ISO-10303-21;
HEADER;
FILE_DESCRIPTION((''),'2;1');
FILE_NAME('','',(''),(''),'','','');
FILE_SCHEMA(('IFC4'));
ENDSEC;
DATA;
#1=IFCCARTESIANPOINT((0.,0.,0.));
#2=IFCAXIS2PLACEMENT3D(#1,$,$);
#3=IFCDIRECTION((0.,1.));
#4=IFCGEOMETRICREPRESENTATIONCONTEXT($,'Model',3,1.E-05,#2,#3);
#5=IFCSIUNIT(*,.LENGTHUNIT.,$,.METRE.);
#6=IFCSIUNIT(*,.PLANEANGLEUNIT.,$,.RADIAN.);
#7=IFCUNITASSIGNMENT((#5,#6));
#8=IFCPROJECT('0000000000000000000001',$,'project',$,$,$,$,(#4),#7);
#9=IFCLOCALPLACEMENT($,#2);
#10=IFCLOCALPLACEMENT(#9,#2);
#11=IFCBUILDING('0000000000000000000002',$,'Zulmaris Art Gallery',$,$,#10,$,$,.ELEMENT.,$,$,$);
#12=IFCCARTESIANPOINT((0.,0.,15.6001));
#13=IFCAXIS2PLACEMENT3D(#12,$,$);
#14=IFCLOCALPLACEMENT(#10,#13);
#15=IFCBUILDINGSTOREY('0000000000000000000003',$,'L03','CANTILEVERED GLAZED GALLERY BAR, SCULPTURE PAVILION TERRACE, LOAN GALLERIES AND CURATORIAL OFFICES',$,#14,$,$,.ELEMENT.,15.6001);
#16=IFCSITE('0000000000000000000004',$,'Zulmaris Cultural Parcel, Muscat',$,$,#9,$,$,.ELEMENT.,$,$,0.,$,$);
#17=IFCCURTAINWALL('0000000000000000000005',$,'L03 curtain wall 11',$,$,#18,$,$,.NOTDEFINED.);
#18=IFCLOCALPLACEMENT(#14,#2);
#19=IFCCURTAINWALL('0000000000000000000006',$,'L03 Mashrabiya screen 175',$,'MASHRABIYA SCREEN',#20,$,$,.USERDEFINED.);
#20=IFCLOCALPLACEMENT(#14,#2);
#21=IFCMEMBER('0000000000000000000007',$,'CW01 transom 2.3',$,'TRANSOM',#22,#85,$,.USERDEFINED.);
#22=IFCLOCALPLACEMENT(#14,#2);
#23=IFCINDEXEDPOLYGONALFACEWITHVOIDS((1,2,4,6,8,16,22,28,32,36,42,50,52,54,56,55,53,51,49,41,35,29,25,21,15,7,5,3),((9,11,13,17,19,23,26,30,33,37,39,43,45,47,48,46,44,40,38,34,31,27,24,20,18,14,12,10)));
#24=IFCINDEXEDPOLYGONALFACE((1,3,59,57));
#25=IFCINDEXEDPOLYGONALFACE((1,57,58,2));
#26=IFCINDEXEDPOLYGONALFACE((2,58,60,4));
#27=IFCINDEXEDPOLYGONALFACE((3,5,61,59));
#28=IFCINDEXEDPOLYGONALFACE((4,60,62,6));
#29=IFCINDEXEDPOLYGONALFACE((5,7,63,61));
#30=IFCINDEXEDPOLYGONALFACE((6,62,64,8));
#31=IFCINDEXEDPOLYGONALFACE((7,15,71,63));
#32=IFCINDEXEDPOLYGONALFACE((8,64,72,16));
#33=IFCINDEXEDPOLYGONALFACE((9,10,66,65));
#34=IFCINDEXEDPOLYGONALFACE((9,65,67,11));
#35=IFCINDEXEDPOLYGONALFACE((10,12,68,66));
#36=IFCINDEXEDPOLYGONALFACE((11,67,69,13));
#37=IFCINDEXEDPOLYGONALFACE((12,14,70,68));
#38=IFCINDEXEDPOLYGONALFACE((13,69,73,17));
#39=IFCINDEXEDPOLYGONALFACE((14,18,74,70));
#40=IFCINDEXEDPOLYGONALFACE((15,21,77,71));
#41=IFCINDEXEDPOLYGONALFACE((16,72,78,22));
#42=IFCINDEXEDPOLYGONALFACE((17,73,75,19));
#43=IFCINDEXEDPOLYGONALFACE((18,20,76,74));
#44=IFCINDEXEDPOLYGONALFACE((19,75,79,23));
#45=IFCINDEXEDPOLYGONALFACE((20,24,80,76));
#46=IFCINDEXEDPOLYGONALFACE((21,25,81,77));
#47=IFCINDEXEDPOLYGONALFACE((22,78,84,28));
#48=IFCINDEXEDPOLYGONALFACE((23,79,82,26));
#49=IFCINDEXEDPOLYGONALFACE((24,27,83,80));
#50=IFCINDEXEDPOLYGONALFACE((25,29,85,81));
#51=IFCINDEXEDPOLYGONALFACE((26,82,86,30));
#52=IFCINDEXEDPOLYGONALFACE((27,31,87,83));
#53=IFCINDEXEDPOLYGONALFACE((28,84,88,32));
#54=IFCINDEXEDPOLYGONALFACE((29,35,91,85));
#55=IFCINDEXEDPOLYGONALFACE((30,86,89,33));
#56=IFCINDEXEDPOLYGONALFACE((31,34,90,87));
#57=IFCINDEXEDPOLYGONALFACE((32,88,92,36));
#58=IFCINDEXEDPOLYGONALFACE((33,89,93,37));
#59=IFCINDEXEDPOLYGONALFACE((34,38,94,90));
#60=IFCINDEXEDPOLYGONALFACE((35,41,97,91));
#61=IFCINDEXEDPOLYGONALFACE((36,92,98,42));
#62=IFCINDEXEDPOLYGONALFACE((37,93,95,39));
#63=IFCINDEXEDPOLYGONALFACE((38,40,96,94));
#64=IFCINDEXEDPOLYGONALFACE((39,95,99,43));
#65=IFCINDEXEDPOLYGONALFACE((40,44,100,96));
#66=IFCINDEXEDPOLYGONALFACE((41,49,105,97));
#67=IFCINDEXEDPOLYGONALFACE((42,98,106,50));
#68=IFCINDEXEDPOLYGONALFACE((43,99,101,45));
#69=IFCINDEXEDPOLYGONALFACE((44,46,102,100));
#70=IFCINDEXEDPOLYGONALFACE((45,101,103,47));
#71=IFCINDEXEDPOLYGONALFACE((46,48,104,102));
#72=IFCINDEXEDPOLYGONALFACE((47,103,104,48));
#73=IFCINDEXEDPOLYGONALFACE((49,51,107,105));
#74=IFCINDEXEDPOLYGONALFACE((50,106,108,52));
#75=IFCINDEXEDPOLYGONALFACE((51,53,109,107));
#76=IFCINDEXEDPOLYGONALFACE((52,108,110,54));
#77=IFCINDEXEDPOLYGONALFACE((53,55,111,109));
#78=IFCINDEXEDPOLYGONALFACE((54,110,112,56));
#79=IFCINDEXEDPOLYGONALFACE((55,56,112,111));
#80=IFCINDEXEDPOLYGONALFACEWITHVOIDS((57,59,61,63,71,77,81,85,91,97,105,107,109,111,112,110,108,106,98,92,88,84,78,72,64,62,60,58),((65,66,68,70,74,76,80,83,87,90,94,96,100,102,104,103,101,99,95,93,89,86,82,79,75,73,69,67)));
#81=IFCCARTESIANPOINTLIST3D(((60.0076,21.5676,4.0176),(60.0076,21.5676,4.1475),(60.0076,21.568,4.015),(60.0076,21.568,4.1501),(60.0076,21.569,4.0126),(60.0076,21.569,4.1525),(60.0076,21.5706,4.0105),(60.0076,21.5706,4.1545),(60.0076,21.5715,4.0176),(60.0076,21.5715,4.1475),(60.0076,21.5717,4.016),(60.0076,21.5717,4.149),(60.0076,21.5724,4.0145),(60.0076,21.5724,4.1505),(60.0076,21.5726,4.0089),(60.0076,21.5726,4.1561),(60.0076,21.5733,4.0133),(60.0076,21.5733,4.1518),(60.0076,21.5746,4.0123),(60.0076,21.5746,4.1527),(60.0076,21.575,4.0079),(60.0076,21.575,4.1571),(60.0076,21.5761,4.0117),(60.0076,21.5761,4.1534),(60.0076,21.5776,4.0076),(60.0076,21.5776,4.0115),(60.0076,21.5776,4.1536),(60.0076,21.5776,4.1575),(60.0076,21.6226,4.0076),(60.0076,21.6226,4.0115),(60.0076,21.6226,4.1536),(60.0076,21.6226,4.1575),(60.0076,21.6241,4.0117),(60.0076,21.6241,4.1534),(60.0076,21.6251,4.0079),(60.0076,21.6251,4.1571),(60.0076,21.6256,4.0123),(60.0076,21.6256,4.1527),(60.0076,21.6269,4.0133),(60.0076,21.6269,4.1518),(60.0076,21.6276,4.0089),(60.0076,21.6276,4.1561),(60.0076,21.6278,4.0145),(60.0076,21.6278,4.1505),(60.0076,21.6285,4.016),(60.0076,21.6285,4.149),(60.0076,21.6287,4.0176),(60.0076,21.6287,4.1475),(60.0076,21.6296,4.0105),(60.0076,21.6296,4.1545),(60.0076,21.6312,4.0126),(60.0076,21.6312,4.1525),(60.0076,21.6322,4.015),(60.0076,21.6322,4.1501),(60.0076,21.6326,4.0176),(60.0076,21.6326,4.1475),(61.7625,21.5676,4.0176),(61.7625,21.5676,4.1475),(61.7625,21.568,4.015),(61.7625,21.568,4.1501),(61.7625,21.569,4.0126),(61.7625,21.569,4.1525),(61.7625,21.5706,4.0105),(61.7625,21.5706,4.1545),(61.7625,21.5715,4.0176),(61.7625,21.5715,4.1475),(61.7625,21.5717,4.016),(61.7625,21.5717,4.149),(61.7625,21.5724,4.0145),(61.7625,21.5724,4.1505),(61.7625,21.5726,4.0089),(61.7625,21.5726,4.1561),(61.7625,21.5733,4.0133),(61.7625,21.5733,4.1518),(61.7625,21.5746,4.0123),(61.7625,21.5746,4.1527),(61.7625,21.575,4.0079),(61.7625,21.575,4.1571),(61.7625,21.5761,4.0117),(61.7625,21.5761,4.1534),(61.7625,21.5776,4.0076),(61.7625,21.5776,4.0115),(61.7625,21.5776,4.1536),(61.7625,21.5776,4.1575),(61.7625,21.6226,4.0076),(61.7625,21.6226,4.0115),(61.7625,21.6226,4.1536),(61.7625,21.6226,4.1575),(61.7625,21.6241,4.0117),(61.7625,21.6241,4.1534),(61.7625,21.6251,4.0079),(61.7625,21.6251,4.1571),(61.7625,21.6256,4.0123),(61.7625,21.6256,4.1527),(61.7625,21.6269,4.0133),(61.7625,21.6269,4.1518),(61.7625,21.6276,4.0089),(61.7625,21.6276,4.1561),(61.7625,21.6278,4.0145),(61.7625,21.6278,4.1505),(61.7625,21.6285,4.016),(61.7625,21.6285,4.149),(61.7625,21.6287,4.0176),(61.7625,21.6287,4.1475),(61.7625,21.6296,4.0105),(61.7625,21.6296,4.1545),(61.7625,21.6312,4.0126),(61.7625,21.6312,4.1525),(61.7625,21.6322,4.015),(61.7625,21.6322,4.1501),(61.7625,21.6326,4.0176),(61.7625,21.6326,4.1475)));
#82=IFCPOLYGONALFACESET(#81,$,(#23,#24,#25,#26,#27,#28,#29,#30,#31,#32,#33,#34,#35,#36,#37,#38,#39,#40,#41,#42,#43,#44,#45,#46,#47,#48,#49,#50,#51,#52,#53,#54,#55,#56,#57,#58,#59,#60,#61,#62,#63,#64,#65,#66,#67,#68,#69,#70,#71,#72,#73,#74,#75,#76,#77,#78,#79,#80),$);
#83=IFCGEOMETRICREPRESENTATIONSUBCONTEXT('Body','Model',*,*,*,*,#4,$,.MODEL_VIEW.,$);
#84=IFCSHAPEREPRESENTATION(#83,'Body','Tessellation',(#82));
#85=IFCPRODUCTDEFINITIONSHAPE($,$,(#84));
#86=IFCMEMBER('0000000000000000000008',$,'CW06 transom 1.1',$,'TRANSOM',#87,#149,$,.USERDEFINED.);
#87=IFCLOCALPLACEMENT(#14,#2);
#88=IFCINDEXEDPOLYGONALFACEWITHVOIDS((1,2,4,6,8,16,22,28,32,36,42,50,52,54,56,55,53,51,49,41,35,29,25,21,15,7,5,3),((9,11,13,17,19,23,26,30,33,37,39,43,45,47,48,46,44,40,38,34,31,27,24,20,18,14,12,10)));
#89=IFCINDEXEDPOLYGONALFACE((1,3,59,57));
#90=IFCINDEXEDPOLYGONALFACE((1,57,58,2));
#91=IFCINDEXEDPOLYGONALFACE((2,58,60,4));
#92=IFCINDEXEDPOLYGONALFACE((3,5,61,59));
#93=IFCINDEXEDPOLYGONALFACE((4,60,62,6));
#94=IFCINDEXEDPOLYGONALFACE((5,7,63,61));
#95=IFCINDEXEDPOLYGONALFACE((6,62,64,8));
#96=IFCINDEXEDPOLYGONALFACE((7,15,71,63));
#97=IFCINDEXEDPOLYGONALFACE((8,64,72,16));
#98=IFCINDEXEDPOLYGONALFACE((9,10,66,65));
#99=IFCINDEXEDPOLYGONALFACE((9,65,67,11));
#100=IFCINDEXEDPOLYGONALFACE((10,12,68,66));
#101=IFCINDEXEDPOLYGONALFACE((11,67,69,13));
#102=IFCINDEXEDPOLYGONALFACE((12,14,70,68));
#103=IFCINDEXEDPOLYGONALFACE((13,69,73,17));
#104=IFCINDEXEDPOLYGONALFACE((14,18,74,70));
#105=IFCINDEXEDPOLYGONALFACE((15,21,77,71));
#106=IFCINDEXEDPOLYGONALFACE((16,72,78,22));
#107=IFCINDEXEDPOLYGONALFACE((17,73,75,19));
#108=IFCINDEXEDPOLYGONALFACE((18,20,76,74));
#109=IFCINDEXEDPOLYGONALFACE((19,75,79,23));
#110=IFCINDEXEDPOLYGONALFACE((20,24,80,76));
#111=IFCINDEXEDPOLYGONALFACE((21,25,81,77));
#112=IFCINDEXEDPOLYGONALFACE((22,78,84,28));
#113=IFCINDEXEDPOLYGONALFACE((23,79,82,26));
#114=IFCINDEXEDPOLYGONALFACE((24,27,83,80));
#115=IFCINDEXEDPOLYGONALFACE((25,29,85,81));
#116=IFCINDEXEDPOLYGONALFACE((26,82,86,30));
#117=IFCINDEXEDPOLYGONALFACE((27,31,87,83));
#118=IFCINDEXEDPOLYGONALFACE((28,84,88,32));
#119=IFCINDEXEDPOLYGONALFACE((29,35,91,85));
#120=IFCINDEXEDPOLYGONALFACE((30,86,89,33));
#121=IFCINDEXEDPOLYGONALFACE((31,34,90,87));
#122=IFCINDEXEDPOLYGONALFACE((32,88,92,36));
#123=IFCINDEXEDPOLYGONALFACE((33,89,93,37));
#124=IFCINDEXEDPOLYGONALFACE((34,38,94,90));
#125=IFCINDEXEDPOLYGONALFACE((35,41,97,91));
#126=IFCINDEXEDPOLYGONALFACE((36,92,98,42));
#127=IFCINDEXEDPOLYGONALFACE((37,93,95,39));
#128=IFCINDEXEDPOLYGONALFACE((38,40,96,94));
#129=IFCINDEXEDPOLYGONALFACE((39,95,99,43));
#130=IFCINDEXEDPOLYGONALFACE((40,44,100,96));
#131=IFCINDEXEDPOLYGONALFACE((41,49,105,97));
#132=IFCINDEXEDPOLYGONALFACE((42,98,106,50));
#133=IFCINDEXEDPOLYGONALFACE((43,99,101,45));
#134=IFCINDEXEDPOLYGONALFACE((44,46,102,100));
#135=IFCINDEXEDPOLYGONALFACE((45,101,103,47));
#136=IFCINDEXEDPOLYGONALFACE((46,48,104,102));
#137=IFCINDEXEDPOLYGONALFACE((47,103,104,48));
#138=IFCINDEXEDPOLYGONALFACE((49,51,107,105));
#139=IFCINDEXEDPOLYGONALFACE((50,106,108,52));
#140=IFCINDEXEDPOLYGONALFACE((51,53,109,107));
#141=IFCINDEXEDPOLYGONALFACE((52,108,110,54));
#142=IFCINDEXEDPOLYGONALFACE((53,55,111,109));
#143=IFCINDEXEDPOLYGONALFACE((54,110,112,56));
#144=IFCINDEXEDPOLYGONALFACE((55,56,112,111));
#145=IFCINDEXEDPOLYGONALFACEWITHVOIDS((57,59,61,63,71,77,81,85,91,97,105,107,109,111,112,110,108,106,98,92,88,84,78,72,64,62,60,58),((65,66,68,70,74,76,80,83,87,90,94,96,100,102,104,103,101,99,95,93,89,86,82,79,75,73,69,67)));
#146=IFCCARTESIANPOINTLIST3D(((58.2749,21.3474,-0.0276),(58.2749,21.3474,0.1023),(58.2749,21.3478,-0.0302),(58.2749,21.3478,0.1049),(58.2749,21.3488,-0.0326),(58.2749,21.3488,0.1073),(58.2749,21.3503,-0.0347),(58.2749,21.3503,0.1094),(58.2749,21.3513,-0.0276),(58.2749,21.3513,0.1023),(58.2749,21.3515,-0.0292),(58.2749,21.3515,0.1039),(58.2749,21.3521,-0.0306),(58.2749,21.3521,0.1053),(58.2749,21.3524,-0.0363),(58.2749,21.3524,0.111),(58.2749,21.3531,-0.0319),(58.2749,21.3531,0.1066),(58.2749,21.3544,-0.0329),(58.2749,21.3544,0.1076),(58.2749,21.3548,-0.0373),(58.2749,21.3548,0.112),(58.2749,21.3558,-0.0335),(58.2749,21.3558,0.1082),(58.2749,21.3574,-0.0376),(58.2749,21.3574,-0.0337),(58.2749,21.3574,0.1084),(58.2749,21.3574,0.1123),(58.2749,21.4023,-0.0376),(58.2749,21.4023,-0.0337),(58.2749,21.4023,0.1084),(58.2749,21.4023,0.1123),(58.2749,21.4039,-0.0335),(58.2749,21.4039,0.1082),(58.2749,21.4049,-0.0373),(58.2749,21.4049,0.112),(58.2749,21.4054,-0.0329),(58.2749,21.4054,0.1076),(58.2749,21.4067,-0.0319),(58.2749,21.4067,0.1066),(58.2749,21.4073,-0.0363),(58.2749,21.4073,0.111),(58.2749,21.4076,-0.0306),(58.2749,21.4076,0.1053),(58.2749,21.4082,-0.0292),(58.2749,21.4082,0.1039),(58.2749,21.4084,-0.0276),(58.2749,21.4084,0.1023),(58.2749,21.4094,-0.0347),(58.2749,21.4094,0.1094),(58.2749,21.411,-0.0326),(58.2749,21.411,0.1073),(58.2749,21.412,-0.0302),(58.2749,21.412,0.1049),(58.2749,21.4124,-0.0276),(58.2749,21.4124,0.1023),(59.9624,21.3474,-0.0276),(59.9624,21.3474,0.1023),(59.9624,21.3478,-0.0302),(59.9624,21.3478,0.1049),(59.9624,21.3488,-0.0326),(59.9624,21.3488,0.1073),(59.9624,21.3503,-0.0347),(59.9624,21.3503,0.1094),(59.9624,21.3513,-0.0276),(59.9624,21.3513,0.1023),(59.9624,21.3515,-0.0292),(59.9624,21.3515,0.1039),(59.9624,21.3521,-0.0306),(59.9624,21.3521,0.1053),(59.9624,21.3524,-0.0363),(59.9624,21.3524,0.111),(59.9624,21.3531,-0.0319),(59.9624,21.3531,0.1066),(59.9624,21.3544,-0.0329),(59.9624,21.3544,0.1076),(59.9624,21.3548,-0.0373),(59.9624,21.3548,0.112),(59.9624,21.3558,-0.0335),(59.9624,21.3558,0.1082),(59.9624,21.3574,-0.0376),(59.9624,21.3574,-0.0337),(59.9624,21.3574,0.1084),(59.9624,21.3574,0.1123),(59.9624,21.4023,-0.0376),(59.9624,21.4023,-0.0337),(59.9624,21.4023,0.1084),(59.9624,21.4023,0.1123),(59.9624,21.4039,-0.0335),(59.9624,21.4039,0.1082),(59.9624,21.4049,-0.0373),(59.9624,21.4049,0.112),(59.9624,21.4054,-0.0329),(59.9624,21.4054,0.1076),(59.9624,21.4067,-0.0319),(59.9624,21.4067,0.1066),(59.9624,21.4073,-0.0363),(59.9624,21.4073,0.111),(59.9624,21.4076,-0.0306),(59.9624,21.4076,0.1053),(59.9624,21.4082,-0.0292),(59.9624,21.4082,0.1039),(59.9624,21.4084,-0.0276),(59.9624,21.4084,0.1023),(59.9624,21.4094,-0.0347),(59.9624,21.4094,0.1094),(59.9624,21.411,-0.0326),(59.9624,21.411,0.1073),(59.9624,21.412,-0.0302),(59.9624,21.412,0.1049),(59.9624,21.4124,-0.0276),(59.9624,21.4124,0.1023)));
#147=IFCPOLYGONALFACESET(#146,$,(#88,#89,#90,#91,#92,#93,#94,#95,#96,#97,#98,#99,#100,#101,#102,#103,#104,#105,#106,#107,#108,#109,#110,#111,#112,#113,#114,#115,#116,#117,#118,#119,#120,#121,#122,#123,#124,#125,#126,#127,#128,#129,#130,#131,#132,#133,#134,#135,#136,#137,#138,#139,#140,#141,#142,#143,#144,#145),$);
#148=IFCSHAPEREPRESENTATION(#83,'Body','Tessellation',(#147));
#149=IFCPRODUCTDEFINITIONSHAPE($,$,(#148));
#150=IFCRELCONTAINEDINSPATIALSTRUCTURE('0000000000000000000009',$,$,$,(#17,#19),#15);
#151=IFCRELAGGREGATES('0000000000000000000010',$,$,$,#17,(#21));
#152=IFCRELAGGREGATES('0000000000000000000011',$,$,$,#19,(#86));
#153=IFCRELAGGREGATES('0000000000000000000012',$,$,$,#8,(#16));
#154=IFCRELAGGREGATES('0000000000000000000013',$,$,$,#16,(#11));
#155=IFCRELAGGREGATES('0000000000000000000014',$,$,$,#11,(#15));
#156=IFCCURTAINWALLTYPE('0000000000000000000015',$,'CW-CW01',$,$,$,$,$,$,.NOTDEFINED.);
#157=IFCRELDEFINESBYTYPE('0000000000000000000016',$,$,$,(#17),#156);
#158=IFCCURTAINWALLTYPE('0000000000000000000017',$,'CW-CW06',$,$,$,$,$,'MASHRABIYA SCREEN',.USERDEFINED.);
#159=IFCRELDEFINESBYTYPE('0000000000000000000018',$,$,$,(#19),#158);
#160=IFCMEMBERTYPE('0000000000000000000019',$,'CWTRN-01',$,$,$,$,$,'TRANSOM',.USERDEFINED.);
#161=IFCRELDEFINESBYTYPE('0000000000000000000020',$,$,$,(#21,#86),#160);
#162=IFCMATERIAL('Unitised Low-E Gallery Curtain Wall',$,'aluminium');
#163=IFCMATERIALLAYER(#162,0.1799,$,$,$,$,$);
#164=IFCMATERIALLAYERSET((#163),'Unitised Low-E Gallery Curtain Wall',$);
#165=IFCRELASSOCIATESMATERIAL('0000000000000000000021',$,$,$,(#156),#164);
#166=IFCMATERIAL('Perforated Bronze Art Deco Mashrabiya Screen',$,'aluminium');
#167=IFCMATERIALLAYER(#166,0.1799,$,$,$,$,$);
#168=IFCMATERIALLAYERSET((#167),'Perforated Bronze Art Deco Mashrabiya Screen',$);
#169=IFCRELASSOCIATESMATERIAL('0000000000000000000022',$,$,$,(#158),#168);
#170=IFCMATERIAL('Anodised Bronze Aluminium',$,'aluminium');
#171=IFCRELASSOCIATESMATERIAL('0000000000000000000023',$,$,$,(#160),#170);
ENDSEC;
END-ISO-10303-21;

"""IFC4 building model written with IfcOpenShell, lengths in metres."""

from ifc_helpers import new_model, si_unit, direction, frame, origin, origin_2d, place, context, subcontext, project, spatial, hollow_rectangle, extrude, material, layer, layer_set, material_profile, profile_set, type_object, element, aggregate, save


model = new_model("IFC4")

# Units and contexts
model_context = context("Model", 3, precision=1e-05, world=origin(), true_north=direction((0.0, 1.0)))
body_context = subcontext(model_context, "Body", "Model", "MODEL_VIEW")
ifc_project = project(units=[si_unit("LENGTHUNIT", "METRE"), si_unit("PLANEANGLEUNIT", "RADIAN")], contexts=[model_context])

# Site, building, storey
site_placement = place(None, origin())
site = spatial("IfcSite", under=ifc_project, at=site_placement, Name="Zulmaris Cultural Parcel, Muscat", CompositionType="ELEMENT", RefElevation=0.0)
building_placement = place(site_placement, origin())
building = spatial("IfcBuilding", under=site, at=building_placement, Name="Zulmaris Art Gallery", CompositionType="ELEMENT")
storey_placement = place(building_placement, frame((0.0, 0.0, 15.6001)))
storey = spatial("IfcBuildingStorey", under=building, at=storey_placement, Name="L03", Description="CANTILEVERED GLAZED GALLERY BAR, SCULPTURE PAVILION TERRACE, LOAN GALLERIES AND CURATORIAL OFFICES", CompositionType="ELEMENT", Elevation=15.6001)

# Curtain wall
ifc_material_1 = material(Name="Unitised Low-E Gallery Curtain Wall", Category="aluminium")
ifc_layer_1 = layer(ifc_material_1, 0.1799)
ifc_layer_set_1 = layer_set([ifc_layer_1], Name="Unitised Low-E Gallery Curtain Wall")
curtain_wall_type_1 = type_object("IfcCurtainWallType", Name="CW-CW01", PredefinedType="NOTDEFINED", material=ifc_layer_set_1)
curtain_wall_1_placement = place(storey_placement, origin())
curtain_wall_1 = element("IfcCurtainWall", 1, at=curtain_wall_1_placement, inside=storey, type_object=curtain_wall_type_1, Name="L03 curtain wall 11", PredefinedType="NOTDEFINED")
ifc_material_2 = material(Name="Anodised Bronze Aluminium", Category="aluminium")

# Shared definitions
ifc_material_3 = material(Name="Perforated Bronze Art Deco Mashrabiya Screen", Category="aluminium")
ifc_layer_2 = layer(ifc_material_3, 0.1799)
ifc_layer_set_2 = layer_set([ifc_layer_2], Name="Perforated Bronze Art Deco Mashrabiya Screen")
curtain_wall_type_2 = type_object("IfcCurtainWallType", Name="CW-CW06", ElementType="MASHRABIYA SCREEN", PredefinedType="USERDEFINED", material=ifc_layer_set_2)

# Curtain wall
curtain_wall_2_placement = place(storey_placement, origin())
curtain_wall_2 = element("IfcCurtainWall", 2, at=curtain_wall_2_placement, inside=storey, type_object=curtain_wall_type_2, Name="L03 Mashrabiya screen 175", ObjectType="MASHRABIYA SCREEN", PredefinedType="USERDEFINED")

# Members
ifc_material_profile_1 = material_profile(ifc_material_2, hollow_rectangle(XDim=0.0649, YDim=0.1499, WallThickness=0.0039, InnerFilletRadius=0.0061, OuterFilletRadius=0.01, at=origin_2d()), Name="ALU 65x150x4")
ifc_profile_set_1 = profile_set([ifc_material_profile_1], Name="Anodised Bronze Aluminium")
member_type_1 = type_object("IfcMemberType", Name="CWTRN-01", ElementType="TRANSOM", PredefinedType="USERDEFINED", material=ifc_profile_set_1)
member_1_placement = place(storey_placement, frame((60.0076, 21.6001, 4.0825), z_axis=(1.0, 0.0, 0.0), x_axis=(0.0, 1.0, 0.0)))
member_1 = element("IfcMember", 3, at=member_1_placement, type_object=member_type_1, Name="CW01 transom 2.3", ObjectType="TRANSOM", PredefinedType="USERDEFINED", context=body_context, shape_type="SweptSolid", body=[
    extrude(hollow_rectangle(XDim=0.0649, YDim=0.1499, WallThickness=0.0039, InnerFilletRadius=0.0061, OuterFilletRadius=0.01, at=origin_2d()), origin(), (0.0, 0.0, 1.0), 1.7549),
])
member_2_placement = place(storey_placement, frame((58.2749, 21.3799, 0.0374), z_axis=(1.0, 0.0, 0.0), x_axis=(0.0, 1.0, 0.0)))
member_2 = element("IfcMember", 4, at=member_2_placement, type_object=member_type_1, Name="CW06 transom 1.1", ObjectType="TRANSOM", PredefinedType="USERDEFINED", context=body_context, shape_type="SweptSolid", body=[
    extrude(hollow_rectangle(XDim=0.0649, YDim=0.1499, WallThickness=0.0039, InnerFilletRadius=0.0061, OuterFilletRadius=0.01, at=origin_2d()), origin(), (0.0, 0.0, 1.0), 1.6875),
])

aggregate(curtain_wall_1, [member_1])
aggregate(curtain_wall_2, [member_2])

save(model, "model.ifc")
